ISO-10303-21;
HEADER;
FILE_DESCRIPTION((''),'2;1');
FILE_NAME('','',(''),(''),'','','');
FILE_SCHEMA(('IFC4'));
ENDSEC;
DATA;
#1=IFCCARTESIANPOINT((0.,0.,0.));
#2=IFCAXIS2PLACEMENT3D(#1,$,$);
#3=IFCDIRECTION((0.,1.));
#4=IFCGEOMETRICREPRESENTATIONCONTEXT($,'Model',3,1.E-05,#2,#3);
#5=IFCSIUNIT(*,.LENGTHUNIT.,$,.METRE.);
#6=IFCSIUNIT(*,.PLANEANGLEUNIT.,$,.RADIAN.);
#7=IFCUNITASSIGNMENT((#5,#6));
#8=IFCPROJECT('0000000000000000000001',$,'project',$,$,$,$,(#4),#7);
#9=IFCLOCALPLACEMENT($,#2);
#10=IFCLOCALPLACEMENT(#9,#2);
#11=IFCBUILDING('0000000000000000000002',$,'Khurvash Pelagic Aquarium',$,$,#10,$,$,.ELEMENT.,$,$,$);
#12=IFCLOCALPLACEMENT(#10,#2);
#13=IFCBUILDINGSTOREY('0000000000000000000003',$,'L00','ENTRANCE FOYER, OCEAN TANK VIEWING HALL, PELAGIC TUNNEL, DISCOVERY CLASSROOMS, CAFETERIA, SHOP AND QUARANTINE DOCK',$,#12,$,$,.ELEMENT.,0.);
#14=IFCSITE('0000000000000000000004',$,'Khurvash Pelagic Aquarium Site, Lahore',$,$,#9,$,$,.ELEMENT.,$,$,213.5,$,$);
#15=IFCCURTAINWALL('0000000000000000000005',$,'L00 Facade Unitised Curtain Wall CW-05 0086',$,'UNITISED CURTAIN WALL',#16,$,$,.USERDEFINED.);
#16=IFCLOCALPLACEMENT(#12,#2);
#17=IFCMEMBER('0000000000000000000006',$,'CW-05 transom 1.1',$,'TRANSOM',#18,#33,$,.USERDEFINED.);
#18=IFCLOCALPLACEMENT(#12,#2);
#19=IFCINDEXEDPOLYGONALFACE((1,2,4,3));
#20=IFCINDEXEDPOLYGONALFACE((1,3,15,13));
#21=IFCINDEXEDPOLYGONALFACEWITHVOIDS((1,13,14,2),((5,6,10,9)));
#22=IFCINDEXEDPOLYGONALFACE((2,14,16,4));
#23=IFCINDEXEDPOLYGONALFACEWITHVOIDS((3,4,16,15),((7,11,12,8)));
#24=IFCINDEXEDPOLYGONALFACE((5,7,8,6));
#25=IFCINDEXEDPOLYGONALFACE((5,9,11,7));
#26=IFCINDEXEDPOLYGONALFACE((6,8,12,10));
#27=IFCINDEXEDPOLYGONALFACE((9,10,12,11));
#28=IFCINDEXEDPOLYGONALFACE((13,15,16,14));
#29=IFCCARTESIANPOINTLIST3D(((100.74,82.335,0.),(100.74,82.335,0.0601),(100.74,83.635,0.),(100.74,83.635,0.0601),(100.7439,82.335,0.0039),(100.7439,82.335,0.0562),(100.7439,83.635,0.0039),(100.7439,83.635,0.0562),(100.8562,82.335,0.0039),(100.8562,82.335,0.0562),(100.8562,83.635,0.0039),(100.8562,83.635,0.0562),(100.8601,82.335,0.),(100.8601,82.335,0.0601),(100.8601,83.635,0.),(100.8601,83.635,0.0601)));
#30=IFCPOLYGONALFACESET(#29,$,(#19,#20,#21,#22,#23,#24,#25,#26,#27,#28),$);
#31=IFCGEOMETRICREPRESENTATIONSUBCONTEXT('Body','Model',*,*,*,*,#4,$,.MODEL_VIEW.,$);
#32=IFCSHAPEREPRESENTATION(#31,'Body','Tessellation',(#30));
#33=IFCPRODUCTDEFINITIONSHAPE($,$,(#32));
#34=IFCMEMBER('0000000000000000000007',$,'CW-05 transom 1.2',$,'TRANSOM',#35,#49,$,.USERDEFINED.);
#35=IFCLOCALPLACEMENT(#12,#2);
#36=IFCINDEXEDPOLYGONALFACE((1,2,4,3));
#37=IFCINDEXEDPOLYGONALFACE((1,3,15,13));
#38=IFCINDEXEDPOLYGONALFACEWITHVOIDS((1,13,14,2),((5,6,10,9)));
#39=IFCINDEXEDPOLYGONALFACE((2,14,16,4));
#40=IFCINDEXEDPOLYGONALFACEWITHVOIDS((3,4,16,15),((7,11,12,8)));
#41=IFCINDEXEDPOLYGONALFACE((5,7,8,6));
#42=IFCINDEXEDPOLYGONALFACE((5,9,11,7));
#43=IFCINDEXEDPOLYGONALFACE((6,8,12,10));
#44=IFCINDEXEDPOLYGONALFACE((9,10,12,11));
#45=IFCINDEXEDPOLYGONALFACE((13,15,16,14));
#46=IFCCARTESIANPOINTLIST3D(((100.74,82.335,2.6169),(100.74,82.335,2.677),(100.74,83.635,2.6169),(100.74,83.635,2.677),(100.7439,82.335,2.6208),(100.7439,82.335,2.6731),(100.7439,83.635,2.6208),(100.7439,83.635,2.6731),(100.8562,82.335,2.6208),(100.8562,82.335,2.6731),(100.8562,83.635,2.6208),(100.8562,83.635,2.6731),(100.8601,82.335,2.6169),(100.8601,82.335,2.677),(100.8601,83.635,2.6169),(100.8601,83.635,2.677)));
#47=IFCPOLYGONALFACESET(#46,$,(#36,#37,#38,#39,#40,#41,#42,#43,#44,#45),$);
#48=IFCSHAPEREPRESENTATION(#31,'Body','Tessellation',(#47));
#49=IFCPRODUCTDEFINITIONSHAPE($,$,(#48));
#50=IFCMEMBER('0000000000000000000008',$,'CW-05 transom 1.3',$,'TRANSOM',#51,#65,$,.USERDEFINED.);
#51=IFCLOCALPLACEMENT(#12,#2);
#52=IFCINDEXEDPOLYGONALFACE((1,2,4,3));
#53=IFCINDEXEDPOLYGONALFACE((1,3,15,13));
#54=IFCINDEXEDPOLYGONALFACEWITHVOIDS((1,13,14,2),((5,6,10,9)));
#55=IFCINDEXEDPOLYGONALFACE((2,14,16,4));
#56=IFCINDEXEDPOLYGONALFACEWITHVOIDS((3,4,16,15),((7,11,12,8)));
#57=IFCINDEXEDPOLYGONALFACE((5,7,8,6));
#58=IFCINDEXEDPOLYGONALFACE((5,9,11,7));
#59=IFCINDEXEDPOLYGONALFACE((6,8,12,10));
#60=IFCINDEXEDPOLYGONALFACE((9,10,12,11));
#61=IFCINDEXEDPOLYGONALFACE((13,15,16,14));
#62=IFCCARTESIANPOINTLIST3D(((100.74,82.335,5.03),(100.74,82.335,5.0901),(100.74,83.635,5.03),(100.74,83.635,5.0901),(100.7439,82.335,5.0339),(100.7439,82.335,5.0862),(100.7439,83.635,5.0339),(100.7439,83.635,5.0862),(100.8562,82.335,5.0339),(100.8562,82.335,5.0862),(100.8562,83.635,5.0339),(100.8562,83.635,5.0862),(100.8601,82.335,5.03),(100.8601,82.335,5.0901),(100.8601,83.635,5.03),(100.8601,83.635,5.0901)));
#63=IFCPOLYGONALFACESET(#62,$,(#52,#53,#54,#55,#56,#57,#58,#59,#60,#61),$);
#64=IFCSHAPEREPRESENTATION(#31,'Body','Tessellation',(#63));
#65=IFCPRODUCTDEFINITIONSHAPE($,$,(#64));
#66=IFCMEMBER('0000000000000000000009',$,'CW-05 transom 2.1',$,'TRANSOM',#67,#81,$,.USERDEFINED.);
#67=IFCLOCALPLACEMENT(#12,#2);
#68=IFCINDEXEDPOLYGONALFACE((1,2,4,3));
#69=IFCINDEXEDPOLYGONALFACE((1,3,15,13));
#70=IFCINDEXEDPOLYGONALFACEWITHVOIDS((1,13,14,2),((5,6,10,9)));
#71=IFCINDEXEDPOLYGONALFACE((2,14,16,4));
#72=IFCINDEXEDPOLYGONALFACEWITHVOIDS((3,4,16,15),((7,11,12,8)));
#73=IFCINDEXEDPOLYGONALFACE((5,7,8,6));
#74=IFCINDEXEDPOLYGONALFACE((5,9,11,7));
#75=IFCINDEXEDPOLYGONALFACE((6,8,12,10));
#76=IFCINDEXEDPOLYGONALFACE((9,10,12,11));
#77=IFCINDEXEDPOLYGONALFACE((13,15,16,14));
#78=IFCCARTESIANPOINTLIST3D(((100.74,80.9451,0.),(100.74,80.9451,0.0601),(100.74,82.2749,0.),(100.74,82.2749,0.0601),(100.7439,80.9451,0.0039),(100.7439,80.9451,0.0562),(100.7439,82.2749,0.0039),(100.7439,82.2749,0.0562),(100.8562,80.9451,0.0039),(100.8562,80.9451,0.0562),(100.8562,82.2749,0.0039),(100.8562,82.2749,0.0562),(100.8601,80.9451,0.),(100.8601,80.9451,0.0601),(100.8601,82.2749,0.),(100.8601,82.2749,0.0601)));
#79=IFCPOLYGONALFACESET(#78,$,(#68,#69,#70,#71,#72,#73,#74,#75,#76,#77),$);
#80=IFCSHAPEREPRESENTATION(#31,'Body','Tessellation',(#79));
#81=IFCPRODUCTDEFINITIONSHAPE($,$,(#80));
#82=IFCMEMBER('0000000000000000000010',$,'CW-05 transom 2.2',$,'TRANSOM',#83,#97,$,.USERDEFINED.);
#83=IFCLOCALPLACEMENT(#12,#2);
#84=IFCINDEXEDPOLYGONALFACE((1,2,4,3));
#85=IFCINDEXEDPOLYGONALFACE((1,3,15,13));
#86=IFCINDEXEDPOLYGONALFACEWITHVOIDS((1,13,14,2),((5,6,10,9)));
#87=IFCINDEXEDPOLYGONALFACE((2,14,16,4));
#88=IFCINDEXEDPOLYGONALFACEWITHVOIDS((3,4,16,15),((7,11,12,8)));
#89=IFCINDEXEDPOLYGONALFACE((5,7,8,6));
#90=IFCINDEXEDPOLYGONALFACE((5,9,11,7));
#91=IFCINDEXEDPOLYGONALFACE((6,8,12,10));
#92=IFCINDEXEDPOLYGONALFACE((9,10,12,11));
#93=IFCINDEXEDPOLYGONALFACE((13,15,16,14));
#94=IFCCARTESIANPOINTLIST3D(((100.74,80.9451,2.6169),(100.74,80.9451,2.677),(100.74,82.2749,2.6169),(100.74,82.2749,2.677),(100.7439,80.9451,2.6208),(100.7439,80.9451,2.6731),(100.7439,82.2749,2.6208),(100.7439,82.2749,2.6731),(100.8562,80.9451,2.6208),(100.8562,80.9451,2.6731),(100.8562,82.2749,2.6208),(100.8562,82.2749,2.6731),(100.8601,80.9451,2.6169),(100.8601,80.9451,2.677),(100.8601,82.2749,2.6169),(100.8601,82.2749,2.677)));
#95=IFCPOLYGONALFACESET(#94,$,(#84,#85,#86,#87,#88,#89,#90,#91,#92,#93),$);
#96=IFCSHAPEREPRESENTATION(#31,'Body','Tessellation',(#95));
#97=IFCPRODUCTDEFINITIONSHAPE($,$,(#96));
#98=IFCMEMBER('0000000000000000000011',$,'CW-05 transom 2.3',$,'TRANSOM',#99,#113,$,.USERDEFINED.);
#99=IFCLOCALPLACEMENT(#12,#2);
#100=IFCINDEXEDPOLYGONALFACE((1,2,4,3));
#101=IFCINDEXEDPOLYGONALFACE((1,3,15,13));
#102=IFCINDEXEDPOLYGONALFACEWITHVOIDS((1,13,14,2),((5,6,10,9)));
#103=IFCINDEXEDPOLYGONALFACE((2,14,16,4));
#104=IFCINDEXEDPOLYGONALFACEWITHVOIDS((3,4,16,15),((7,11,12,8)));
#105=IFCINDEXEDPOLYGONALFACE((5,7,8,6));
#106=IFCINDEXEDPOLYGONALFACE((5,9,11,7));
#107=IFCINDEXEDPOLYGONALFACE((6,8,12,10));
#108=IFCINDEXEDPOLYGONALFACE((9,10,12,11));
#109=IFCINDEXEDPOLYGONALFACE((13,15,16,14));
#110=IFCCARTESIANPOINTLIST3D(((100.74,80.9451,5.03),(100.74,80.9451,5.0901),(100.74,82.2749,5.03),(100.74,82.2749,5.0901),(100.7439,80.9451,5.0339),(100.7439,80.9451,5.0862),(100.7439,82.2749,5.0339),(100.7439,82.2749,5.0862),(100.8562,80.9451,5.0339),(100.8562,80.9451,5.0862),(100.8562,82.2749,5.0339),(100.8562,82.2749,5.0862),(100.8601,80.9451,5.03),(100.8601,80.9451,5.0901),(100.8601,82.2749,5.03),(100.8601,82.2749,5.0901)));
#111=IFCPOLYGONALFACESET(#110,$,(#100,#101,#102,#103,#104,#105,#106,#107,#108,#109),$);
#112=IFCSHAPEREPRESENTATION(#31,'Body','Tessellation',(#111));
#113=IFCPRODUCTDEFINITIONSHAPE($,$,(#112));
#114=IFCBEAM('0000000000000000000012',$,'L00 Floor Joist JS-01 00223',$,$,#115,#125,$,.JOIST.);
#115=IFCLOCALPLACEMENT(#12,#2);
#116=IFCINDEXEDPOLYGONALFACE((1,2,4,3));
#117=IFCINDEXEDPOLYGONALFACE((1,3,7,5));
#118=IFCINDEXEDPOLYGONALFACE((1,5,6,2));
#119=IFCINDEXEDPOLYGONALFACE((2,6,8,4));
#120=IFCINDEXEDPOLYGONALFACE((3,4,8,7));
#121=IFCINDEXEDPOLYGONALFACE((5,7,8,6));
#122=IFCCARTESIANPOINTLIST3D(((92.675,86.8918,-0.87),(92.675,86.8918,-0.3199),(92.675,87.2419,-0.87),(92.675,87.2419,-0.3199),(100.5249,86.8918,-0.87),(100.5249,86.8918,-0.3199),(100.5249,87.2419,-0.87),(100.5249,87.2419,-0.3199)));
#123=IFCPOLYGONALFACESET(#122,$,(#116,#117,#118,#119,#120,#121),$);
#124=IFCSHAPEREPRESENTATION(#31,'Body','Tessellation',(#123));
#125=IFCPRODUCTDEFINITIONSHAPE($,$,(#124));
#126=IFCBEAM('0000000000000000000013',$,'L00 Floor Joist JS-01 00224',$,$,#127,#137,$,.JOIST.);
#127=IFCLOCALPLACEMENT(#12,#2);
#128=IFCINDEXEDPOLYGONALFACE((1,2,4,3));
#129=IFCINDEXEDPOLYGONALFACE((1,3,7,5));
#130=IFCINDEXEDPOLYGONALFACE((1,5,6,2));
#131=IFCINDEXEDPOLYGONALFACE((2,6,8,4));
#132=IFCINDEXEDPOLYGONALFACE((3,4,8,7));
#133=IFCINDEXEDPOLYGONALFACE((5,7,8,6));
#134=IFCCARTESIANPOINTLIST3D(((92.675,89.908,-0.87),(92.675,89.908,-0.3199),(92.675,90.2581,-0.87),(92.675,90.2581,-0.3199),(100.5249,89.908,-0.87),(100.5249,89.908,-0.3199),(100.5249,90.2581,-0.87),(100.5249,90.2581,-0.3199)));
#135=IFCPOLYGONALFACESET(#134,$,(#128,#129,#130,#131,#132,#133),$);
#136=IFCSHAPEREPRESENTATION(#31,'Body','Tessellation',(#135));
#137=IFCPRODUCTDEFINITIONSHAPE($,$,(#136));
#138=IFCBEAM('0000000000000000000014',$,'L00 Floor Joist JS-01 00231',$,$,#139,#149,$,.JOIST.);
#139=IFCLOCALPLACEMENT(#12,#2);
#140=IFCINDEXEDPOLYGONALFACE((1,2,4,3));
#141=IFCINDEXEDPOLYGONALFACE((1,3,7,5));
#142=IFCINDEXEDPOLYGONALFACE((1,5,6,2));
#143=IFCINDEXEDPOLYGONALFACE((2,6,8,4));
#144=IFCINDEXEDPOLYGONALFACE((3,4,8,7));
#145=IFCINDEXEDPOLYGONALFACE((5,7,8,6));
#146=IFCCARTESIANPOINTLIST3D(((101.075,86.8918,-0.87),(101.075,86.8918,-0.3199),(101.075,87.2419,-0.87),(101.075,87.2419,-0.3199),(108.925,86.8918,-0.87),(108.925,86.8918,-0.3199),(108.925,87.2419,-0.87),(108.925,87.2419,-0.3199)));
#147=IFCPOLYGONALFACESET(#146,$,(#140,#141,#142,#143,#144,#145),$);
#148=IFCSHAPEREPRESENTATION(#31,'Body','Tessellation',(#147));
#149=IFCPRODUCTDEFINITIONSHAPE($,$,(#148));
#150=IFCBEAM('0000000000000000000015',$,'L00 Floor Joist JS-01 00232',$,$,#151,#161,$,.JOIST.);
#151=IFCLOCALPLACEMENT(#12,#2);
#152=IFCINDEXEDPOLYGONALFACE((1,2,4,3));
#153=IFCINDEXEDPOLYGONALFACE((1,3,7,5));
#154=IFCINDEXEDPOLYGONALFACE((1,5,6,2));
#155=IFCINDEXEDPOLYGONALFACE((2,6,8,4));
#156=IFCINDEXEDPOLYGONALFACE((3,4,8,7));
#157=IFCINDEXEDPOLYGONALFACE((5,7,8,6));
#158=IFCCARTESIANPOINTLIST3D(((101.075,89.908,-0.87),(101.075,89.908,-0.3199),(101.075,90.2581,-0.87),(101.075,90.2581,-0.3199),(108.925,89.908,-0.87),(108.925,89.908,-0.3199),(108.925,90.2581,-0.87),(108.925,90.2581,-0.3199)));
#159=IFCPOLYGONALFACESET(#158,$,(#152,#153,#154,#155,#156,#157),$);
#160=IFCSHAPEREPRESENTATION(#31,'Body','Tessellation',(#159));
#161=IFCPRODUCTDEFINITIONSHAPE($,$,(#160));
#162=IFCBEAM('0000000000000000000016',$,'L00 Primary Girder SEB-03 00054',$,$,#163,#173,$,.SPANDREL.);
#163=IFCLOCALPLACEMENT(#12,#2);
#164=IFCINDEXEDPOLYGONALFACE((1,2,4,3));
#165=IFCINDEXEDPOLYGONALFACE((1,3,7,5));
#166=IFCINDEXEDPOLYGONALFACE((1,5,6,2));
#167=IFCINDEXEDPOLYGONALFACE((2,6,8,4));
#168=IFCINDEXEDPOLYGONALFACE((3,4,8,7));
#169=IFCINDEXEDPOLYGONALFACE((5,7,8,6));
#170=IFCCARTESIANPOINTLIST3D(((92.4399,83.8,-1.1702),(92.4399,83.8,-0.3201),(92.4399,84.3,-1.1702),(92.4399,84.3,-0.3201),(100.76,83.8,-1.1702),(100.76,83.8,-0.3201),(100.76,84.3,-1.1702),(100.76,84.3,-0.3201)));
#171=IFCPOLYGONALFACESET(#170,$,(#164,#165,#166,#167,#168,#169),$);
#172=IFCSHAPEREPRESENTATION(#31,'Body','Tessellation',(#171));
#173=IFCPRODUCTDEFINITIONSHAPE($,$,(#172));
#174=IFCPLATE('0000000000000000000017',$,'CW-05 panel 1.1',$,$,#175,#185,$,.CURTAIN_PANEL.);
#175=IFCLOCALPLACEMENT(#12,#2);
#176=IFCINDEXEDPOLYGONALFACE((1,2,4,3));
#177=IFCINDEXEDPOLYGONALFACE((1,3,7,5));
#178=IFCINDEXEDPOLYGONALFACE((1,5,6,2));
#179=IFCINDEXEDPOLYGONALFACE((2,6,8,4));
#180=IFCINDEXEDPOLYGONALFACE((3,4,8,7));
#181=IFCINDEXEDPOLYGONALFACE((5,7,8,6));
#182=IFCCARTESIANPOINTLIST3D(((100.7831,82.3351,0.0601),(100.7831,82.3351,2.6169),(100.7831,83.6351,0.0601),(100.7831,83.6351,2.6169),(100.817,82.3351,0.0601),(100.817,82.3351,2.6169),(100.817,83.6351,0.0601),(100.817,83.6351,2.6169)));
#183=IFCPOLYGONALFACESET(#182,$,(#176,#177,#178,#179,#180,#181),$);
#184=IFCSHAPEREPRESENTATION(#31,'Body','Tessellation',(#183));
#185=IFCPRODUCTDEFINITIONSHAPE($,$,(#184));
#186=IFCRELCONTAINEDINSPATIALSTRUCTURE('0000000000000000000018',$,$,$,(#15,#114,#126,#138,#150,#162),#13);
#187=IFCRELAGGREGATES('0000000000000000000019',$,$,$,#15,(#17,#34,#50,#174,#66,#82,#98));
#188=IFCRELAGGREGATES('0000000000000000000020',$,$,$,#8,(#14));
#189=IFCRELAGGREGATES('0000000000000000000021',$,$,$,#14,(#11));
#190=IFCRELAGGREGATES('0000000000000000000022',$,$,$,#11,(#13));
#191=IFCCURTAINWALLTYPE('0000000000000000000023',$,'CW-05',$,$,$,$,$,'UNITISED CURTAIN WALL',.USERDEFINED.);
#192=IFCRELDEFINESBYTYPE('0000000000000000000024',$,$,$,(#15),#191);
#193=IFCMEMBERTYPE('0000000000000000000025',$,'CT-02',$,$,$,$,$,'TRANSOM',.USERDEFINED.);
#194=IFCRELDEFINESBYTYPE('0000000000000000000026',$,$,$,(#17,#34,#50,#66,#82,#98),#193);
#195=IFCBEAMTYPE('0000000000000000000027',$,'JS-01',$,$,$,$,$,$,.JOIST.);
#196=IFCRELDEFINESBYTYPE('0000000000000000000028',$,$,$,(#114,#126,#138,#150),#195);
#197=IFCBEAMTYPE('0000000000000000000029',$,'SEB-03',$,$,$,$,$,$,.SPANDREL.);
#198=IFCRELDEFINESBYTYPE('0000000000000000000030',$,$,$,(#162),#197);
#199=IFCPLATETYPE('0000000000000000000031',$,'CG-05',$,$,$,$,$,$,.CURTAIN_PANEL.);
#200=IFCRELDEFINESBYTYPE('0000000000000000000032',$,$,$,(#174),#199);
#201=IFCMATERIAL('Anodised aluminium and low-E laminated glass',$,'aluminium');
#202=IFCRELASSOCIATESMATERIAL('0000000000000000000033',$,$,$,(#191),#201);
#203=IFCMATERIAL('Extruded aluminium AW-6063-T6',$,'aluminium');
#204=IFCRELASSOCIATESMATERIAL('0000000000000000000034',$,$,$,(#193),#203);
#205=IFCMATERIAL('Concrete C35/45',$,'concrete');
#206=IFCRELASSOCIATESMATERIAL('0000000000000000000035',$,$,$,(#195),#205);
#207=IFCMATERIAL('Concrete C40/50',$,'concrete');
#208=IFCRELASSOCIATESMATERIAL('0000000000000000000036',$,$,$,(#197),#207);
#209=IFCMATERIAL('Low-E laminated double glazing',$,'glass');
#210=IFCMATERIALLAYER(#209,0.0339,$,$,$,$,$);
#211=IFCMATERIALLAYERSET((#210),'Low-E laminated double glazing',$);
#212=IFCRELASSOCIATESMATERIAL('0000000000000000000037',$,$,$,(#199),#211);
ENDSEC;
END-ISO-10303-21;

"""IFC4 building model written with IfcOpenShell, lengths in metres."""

from ifc_helpers import new_model, si_unit, direction, frame, origin, origin_2d, place, context, subcontext, project, spatial, rectangle, hollow_rectangle, extrude, material, layer, layer_set, material_profile, profile_set, type_object, element, aggregate, save


model = new_model("IFC4")

# Units and contexts
model_context = context("Model", 3, precision=1e-05, world=origin(), true_north=direction((0.0, 1.0)))
body_context = subcontext(model_context, "Body", "Model", "MODEL_VIEW")
ifc_project = project(units=[si_unit("LENGTHUNIT", "METRE"), si_unit("PLANEANGLEUNIT", "RADIAN")], contexts=[model_context])

# Site, building, storey
site_placement = place(None, origin())
site = spatial("IfcSite", under=ifc_project, at=site_placement, Name="Khurvash Pelagic Aquarium Site, Lahore", CompositionType="ELEMENT", RefElevation=213.5)
building_placement = place(site_placement, origin())
building = spatial("IfcBuilding", under=site, at=building_placement, Name="Khurvash Pelagic Aquarium", CompositionType="ELEMENT")
storey_placement = place(building_placement, origin())
storey = spatial("IfcBuildingStorey", under=building, at=storey_placement, Name="L00", Description="ENTRANCE FOYER, OCEAN TANK VIEWING HALL, PELAGIC TUNNEL, DISCOVERY CLASSROOMS, CAFETERIA, SHOP AND QUARANTINE DOCK", CompositionType="ELEMENT", Elevation=0.0)

# Shared definitions
ifc_material_1 = material(Name="Concrete C40/50", Category="concrete")

# Shared definitions
ifc_material_2 = material(Name="Concrete C35/45", Category="concrete")

# Shared definitions
ifc_material_3 = material(Name="Anodised aluminium and low-E laminated glass", Category="aluminium")
ifc_material_4 = material(Name="Extruded aluminium AW-6063-T6", Category="aluminium")

# Curtain wall, members
curtain_wall_type_1 = type_object("IfcCurtainWallType", Name="CW-05", ElementType="UNITISED CURTAIN WALL", PredefinedType="USERDEFINED", material=ifc_material_3)
curtain_wall_1_placement = place(storey_placement, origin())
curtain_wall_1 = element("IfcCurtainWall", 1, at=curtain_wall_1_placement, inside=storey, type_object=curtain_wall_type_1, Name="L00 Facade Unitised Curtain Wall CW-05 0086", ObjectType="UNITISED CURTAIN WALL", PredefinedType="USERDEFINED")
ifc_material_profile_1 = material_profile(ifc_material_4, hollow_rectangle(XDim=0.1201, YDim=0.0601, WallThickness=0.0039, at=origin_2d()), Name="CWT120X60X4")
ifc_profile_set_1 = profile_set([ifc_material_profile_1], Name="Extruded aluminium AW-6063-T6")
member_type_1 = type_object("IfcMemberType", Name="CT-02", ElementType="TRANSOM", PredefinedType="USERDEFINED", material=ifc_profile_set_1)
member_1_placement = place(storey_placement, frame((100.8, 83.635, 0.03), z_axis=(0.0, -1.0, 0.0), x_axis=(1.0, 0.0, 0.0)))
member_1 = element("IfcMember", 2, at=member_1_placement, type_object=member_type_1, Name="CW-05 transom 1.1", ObjectType="TRANSOM", PredefinedType="USERDEFINED", context=body_context, shape_type="SweptSolid", body=[
    extrude(hollow_rectangle(XDim=0.1201, YDim=0.0601, WallThickness=0.0039, at=origin_2d()), origin(), (0.0, 0.0, 1.0), 1.3),
])
member_2_placement = place(storey_placement, frame((100.8, 83.635, 2.647), z_axis=(0.0, -1.0, 0.0), x_axis=(1.0, 0.0, 0.0)))
member_2 = element("IfcMember", 3, at=member_2_placement, type_object=member_type_1, Name="CW-05 transom 1.2", ObjectType="TRANSOM", PredefinedType="USERDEFINED", context=body_context, shape_type="SweptSolid", body=[
    extrude(hollow_rectangle(XDim=0.1201, YDim=0.0601, WallThickness=0.0039, at=origin_2d()), origin(), (0.0, 0.0, 1.0), 1.3),
])
member_3_placement = place(storey_placement, frame((100.8, 83.635, 5.0601), z_axis=(0.0, -1.0, 0.0), x_axis=(1.0, 0.0, 0.0)))
member_3 = element("IfcMember", 4, at=member_3_placement, type_object=member_type_1, Name="CW-05 transom 1.3", ObjectType="TRANSOM", PredefinedType="USERDEFINED", context=body_context, shape_type="SweptSolid", body=[
    extrude(hollow_rectangle(XDim=0.1201, YDim=0.0601, WallThickness=0.0039, at=origin_2d()), origin(), (0.0, 0.0, 1.0), 1.3),
])
member_4_placement = place(storey_placement, frame((100.8, 82.2749, 0.03), z_axis=(0.0, -1.0, 0.0), x_axis=(1.0, 0.0, 0.0)))
member_4 = element("IfcMember", 5, at=member_4_placement, type_object=member_type_1, Name="CW-05 transom 2.1", ObjectType="TRANSOM", PredefinedType="USERDEFINED", context=body_context, shape_type="SweptSolid", body=[
    extrude(hollow_rectangle(XDim=0.1201, YDim=0.0601, WallThickness=0.0039, at=origin_2d()), origin(), (0.0, 0.0, 1.0), 1.3298),
])
member_5_placement = place(storey_placement, frame((100.8, 82.2749, 2.647), z_axis=(0.0, -1.0, 0.0), x_axis=(1.0, 0.0, 0.0)))
member_5 = element("IfcMember", 6, at=member_5_placement, type_object=member_type_1, Name="CW-05 transom 2.2", ObjectType="TRANSOM", PredefinedType="USERDEFINED", context=body_context, shape_type="SweptSolid", body=[
    extrude(hollow_rectangle(XDim=0.1201, YDim=0.0601, WallThickness=0.0039, at=origin_2d()), origin(), (0.0, 0.0, 1.0), 1.3298),
])
member_6_placement = place(storey_placement, frame((100.8, 82.2749, 5.0601), z_axis=(0.0, -1.0, 0.0), x_axis=(1.0, 0.0, 0.0)))
member_6 = element("IfcMember", 7, at=member_6_placement, type_object=member_type_1, Name="CW-05 transom 2.3", ObjectType="TRANSOM", PredefinedType="USERDEFINED", context=body_context, shape_type="SweptSolid", body=[
    extrude(hollow_rectangle(XDim=0.1201, YDim=0.0601, WallThickness=0.0039, at=origin_2d()), origin(), (0.0, 0.0, 1.0), 1.3298),
])

# Beams
ifc_material_profile_2 = material_profile(ifc_material_2, rectangle(XDim=0.3501, YDim=0.55, at=origin_2d()), Name="RC350X550")
ifc_profile_set_2 = profile_set([ifc_material_profile_2], Name="Concrete C35/45")
beam_type_1 = type_object("IfcBeamType", Name="JS-01", PredefinedType="JOIST", material=ifc_profile_set_2)
for number, where, z_axis, x_axis, name in (
    (8, (92.675, 87.0669, -0.595), (1.0, 0.0, 0.0), (0.0, 1.0, 0.0), "L00 Floor Joist JS-01 00223"),
    (9, (92.675, 90.083, -0.595), (1.0, 0.0, 0.0), (0.0, 1.0, 0.0), "L00 Floor Joist JS-01 00224"),
):
    element("IfcBeam", number, at=place(storey_placement, frame(where, z_axis=z_axis, x_axis=x_axis)), inside=storey, type_object=beam_type_1, Name=name, PredefinedType="JOIST", context=body_context, shape_type="SweptSolid", body=[
        extrude(rectangle(XDim=0.3501, YDim=0.55, at=origin_2d()), origin(), (0.0, 0.0, 1.0), 7.8499),
    ])
for number, where, z_axis, x_axis, name in (
    (10, (101.075, 87.0669, -0.595), (1.0, 0.0, 0.0), (0.0, 1.0, 0.0), "L00 Floor Joist JS-01 00231"),
    (11, (101.075, 90.083, -0.595), (1.0, 0.0, 0.0), (0.0, 1.0, 0.0), "L00 Floor Joist JS-01 00232"),
):
    element("IfcBeam", number, at=place(storey_placement, frame(where, z_axis=z_axis, x_axis=x_axis)), inside=storey, type_object=beam_type_1, Name=name, PredefinedType="JOIST", context=body_context, shape_type="SweptSolid", body=[
        extrude(rectangle(XDim=0.3501, YDim=0.55, at=origin_2d()), origin(), (0.0, 0.0, 1.0), 7.8501),
    ])
ifc_material_profile_3 = material_profile(ifc_material_1, rectangle(XDim=0.5, YDim=0.8501, at=origin_2d()), Name="RC500X850")
ifc_profile_set_3 = profile_set([ifc_material_profile_3], Name="Concrete C40/50")
beam_type_2 = type_object("IfcBeamType", Name="SEB-03", PredefinedType="SPANDREL", material=ifc_profile_set_3)
beam_1_placement = place(storey_placement, frame((92.4399, 84.05, -0.7451), z_axis=(1.0, 0.0, 0.0), x_axis=(0.0, 1.0, 0.0)))
element("IfcBeam", 12, at=beam_1_placement, inside=storey, type_object=beam_type_2, Name="L00 Primary Girder SEB-03 00054", PredefinedType="SPANDREL", context=body_context, shape_type="SweptSolid", body=[
    extrude(rectangle(XDim=0.5, YDim=0.8501, at=origin_2d()), origin(), (0.0, 0.0, 1.0), 8.3201),
])

# Plate
ifc_material_5 = material(Name="Low-E laminated double glazing", Category="glass")
ifc_layer_1 = layer(ifc_material_5, 0.0339)
ifc_layer_set_1 = layer_set([ifc_layer_1], Name="Low-E laminated double glazing")
plate_type = type_object("IfcPlateType", Name="CG-05", PredefinedType="CURTAIN_PANEL", material=ifc_layer_set_1)
plate_1_placement = place(storey_placement, frame((100.8, 82.9851, 0.0601), z_axis=(0.0, 0.0, 1.0), x_axis=(0.0, -1.0, 0.0)))
plate_1 = element("IfcPlate", 13, at=plate_1_placement, type_object=plate_type, Name="CW-05 panel 1.1", PredefinedType="CURTAIN_PANEL", context=body_context, shape_type="SweptSolid", body=[
    extrude(rectangle(XDim=1.3, YDim=0.0339, at=origin_2d()), origin(), (0.0, 0.0, 1.0), 2.5569),
])
aggregate(curtain_wall_1, [member_1, member_2, member_3, plate_1, member_4, member_5, member_6])

save(model, "model.ifc")
